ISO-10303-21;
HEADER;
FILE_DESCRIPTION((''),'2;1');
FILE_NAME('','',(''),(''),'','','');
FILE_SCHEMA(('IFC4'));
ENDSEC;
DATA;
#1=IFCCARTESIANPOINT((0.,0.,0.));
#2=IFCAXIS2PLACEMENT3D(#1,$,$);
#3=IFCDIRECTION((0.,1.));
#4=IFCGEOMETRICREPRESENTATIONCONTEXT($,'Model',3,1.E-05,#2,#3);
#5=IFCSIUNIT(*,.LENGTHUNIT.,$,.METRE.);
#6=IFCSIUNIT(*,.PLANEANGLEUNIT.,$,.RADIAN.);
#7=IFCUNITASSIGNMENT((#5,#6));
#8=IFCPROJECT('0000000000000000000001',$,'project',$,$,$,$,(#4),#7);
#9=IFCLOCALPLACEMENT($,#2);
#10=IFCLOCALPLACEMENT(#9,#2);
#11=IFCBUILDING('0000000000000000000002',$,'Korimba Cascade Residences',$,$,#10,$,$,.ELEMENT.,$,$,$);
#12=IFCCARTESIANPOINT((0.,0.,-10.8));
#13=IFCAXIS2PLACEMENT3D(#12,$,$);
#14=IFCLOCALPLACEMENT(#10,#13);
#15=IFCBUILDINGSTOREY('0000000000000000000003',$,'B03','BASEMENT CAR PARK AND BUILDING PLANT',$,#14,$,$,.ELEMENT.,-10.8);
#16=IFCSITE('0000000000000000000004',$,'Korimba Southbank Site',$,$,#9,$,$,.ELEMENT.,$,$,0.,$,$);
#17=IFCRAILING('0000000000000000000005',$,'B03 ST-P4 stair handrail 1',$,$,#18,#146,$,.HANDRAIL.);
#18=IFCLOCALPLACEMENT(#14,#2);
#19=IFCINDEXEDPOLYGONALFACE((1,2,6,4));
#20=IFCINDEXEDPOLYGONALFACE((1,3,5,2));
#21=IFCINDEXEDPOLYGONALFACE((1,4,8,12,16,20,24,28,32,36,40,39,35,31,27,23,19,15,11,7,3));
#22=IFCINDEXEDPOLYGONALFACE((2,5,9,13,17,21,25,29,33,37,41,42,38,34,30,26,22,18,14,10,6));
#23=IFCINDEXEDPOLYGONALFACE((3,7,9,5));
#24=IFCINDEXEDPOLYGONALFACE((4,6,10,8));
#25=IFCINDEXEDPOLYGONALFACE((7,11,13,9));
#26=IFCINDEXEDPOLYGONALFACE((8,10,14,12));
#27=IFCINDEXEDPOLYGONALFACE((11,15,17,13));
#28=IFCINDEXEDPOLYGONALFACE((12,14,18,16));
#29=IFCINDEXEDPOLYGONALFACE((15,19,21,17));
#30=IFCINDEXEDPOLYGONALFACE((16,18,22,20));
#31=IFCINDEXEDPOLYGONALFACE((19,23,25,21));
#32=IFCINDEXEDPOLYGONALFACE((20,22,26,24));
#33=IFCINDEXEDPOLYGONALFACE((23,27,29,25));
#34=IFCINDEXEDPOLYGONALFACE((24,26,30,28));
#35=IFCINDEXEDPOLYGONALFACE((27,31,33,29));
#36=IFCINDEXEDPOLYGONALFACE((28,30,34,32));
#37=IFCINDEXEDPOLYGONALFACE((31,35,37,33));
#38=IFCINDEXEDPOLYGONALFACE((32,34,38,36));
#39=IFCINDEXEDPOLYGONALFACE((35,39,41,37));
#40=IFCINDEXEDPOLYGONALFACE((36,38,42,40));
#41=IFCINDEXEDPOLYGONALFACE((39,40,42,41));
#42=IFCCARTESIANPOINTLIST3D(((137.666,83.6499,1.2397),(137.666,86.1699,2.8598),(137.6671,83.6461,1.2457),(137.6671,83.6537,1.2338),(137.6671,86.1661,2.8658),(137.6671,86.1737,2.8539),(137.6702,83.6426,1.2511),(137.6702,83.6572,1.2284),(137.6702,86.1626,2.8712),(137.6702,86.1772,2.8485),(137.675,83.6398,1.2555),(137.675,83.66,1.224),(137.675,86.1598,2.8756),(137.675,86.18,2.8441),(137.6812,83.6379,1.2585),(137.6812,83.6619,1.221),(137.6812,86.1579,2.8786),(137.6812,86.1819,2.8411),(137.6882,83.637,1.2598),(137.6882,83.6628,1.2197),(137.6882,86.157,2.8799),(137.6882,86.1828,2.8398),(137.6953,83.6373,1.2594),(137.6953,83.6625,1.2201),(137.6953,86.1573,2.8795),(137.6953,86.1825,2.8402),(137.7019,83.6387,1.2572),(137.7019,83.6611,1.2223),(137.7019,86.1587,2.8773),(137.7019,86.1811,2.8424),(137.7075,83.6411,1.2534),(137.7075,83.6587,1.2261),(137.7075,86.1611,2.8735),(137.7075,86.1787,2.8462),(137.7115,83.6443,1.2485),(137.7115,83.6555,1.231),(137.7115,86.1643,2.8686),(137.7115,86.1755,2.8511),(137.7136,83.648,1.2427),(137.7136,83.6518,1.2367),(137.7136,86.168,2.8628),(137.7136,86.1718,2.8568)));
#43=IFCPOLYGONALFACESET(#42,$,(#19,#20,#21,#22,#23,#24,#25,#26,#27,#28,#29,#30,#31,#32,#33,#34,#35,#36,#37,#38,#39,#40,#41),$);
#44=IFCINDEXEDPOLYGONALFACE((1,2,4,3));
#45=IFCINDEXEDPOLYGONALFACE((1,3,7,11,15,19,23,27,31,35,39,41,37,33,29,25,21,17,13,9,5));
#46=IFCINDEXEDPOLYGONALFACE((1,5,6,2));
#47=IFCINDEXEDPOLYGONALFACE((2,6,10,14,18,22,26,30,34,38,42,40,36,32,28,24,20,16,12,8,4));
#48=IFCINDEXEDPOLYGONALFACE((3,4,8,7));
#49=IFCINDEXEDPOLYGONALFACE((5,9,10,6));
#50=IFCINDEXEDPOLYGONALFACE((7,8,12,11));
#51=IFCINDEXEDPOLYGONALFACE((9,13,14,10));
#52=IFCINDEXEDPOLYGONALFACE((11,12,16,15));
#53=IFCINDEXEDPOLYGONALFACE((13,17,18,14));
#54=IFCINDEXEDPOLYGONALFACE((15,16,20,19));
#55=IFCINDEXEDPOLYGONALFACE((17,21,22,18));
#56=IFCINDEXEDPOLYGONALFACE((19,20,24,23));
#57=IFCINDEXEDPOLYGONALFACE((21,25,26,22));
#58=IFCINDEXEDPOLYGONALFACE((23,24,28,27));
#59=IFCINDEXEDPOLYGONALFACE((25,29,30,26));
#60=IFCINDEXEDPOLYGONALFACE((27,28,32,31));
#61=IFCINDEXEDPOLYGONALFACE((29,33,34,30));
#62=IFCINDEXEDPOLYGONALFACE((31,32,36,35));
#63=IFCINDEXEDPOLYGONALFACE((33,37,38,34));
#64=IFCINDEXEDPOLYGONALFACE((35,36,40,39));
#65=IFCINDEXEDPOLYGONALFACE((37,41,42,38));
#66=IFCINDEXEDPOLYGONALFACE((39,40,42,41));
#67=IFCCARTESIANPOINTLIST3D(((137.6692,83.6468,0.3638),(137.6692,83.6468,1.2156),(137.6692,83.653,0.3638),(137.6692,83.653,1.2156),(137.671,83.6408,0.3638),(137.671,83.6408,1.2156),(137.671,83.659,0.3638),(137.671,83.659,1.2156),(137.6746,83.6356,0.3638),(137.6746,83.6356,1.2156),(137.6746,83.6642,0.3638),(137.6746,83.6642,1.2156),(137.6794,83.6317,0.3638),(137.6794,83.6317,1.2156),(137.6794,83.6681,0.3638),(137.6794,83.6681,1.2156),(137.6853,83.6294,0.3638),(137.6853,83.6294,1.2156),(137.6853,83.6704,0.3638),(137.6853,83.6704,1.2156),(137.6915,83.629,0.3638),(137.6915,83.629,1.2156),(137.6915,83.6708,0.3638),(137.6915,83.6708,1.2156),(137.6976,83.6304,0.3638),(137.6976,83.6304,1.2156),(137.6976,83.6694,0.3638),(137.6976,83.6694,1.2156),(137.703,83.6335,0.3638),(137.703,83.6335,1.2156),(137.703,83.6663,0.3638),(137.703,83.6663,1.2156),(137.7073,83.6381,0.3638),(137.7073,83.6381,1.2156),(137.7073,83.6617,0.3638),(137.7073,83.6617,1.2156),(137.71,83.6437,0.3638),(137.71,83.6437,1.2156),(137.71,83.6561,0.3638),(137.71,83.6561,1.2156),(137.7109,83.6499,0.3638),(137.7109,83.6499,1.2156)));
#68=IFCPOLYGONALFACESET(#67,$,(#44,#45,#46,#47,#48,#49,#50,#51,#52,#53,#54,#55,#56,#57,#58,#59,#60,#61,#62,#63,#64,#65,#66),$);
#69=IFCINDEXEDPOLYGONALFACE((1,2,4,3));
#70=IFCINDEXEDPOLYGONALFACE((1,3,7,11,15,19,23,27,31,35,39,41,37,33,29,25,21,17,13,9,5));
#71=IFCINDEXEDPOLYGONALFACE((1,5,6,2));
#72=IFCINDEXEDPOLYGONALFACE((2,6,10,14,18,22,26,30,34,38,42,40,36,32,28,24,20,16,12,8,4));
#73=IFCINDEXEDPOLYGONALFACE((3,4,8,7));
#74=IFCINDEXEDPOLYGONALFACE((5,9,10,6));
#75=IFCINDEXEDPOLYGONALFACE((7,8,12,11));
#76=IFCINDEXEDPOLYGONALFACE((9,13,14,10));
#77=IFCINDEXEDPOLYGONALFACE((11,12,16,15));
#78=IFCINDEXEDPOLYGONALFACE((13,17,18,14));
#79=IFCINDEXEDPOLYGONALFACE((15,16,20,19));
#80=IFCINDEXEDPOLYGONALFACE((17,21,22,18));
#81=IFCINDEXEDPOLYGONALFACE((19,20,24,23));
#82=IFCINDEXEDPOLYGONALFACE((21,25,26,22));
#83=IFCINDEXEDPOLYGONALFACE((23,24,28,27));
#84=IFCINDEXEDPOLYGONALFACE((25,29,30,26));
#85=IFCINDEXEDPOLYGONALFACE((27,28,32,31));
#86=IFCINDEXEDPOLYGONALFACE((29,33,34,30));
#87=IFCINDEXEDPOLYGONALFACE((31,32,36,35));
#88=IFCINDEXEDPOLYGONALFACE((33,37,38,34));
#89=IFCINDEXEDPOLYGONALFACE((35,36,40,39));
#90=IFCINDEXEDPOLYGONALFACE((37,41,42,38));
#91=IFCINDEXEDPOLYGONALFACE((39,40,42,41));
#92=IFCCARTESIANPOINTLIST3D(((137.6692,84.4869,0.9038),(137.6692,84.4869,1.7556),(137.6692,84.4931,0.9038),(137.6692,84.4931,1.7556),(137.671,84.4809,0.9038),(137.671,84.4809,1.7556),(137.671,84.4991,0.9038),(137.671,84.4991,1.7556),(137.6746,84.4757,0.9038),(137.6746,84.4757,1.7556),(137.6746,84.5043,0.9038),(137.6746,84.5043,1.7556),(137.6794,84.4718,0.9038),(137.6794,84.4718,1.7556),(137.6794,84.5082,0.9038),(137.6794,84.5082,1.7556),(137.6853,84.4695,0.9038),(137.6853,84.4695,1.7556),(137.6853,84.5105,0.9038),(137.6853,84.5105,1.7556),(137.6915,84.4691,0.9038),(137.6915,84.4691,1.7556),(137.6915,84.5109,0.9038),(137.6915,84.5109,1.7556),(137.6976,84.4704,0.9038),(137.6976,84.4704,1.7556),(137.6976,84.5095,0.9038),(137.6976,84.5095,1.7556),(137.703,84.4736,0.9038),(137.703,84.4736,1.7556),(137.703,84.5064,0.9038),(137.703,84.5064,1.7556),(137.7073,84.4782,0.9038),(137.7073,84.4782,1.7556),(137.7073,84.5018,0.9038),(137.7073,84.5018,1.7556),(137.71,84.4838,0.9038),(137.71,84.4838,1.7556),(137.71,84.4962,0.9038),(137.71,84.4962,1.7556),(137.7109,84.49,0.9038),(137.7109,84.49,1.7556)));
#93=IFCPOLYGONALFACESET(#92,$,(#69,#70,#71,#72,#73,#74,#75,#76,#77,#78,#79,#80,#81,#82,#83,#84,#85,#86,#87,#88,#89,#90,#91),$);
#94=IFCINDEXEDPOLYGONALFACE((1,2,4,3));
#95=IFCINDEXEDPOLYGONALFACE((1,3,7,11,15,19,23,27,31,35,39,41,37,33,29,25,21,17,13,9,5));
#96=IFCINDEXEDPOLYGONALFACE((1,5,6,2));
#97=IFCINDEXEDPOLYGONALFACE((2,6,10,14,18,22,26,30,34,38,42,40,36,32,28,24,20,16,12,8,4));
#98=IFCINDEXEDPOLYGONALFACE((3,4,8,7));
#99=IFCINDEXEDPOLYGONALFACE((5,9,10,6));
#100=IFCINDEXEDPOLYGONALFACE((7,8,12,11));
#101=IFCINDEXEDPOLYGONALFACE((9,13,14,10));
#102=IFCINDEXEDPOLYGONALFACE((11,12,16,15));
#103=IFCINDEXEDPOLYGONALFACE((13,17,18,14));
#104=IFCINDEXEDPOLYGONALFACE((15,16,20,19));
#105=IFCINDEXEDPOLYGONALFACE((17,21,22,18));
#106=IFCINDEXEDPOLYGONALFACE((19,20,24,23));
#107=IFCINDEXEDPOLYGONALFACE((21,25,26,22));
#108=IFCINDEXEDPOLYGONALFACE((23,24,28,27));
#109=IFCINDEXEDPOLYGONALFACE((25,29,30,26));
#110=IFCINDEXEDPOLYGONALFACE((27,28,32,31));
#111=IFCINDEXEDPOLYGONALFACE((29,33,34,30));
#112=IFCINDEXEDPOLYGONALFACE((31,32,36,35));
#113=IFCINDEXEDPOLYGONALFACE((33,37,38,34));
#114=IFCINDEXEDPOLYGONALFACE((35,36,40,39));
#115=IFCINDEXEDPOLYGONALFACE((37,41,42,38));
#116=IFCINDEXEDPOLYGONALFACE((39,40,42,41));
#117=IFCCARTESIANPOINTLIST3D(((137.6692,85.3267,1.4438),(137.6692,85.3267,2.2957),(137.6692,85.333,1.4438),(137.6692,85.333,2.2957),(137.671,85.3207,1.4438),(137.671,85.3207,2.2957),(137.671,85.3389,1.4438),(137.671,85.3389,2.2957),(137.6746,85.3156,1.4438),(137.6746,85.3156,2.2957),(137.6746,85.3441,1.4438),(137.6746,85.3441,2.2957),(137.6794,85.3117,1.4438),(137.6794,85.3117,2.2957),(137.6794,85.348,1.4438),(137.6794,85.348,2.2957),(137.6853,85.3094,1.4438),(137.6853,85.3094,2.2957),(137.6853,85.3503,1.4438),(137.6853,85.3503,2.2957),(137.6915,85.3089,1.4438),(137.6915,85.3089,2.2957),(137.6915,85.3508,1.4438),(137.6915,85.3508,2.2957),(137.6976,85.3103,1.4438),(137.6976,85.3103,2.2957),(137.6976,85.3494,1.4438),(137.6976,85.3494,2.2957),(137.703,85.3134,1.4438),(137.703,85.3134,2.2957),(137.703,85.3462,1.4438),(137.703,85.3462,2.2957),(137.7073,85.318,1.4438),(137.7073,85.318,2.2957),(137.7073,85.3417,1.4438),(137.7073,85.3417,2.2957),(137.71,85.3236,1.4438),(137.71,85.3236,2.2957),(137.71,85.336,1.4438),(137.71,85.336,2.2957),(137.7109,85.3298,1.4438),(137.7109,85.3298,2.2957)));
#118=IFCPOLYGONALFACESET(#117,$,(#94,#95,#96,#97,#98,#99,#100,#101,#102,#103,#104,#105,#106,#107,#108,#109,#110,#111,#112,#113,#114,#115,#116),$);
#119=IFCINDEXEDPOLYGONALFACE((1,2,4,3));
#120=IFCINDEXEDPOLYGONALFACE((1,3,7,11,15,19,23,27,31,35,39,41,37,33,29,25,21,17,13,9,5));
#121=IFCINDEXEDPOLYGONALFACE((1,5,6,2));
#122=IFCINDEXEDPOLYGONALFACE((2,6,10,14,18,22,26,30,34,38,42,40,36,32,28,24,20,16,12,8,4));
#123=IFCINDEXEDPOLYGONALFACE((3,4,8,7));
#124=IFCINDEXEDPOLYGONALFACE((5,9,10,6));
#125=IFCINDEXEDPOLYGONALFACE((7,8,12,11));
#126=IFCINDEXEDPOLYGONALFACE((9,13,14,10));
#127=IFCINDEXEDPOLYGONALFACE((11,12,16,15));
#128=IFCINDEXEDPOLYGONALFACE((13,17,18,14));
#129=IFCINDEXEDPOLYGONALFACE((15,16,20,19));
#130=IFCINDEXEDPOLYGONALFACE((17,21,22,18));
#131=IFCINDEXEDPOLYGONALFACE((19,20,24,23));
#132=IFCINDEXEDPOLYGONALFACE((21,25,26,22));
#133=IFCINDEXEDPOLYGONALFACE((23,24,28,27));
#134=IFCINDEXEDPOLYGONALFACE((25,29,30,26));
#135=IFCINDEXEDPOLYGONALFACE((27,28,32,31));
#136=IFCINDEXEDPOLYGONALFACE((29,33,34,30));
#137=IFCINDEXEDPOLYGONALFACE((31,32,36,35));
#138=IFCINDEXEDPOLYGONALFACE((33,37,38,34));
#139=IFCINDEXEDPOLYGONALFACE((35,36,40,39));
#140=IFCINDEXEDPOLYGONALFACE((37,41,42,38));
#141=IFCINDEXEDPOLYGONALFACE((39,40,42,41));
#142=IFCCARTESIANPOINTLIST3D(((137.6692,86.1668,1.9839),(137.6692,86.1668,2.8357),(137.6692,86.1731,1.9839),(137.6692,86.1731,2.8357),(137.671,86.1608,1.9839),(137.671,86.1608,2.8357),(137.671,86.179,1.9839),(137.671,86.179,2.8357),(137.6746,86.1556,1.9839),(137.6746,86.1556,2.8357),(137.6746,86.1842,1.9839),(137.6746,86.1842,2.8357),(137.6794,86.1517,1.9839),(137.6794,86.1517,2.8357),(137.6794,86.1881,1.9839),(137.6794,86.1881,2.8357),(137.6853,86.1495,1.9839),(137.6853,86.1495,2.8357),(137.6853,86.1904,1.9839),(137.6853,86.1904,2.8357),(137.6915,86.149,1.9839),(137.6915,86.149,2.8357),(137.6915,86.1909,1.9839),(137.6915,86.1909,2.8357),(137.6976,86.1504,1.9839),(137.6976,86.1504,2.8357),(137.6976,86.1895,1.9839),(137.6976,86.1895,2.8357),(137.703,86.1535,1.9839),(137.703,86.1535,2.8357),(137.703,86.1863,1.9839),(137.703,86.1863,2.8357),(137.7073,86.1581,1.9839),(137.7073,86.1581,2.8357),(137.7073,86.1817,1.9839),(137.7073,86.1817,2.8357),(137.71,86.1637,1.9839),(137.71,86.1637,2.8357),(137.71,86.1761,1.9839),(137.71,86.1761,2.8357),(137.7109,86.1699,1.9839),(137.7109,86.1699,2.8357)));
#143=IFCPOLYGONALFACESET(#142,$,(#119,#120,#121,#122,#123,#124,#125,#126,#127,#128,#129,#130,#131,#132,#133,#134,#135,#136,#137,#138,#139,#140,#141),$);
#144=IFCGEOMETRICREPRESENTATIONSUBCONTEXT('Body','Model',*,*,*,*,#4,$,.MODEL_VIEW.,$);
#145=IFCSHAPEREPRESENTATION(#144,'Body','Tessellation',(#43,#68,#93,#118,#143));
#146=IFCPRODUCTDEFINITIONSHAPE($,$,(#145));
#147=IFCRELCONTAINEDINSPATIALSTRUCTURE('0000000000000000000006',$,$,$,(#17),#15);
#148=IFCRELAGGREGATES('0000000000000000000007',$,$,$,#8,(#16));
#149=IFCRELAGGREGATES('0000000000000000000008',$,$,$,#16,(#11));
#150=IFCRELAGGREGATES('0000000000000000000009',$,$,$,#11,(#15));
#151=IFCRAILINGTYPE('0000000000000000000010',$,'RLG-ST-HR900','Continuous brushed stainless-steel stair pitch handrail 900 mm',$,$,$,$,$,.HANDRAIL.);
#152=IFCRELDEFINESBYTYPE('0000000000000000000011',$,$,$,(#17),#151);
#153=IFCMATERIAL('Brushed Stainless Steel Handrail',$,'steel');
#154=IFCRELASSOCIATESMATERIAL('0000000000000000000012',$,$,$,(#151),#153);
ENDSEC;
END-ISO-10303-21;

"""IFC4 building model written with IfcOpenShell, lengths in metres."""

from ifc_helpers import new_model, si_unit, direction, frame, origin, origin_2d, place, context, subcontext, project, spatial, circle, extrude, material, type_object, element, save


model = new_model("IFC4")

# Units and contexts
model_context = context("Model", 3, precision=1e-05, world=origin(), true_north=direction((0.0, 1.0)))
body_context = subcontext(model_context, "Body", "Model", "MODEL_VIEW")
ifc_project = project(units=[si_unit("LENGTHUNIT", "METRE"), si_unit("PLANEANGLEUNIT", "RADIAN")], contexts=[model_context])

# Site, building, storey
site_placement = place(None, origin())
site = spatial("IfcSite", under=ifc_project, at=site_placement, Name="Korimba Southbank Site", CompositionType="ELEMENT", RefElevation=0.0)
building_placement = place(site_placement, origin())
building = spatial("IfcBuilding", under=site, at=building_placement, Name="Korimba Cascade Residences", CompositionType="ELEMENT")
storey_placement = place(building_placement, frame((0.0, 0.0, -10.8)))
storey = spatial("IfcBuildingStorey", under=building, at=storey_placement, Name="B03", Description="BASEMENT CAR PARK AND BUILDING PLANT", CompositionType="ELEMENT", Elevation=-10.8)

# Railing
ifc_material_1 = material(Name="Brushed Stainless Steel Handrail", Category="steel")
railing_type_1 = type_object("IfcRailingType", Name="RLG-ST-HR900", Description="Continuous brushed stainless-steel stair pitch handrail 900 mm", PredefinedType="HANDRAIL", material=ifc_material_1)
railing_1_placement = place(storey_placement, frame((137.6899, 83.6499, 0.3638)))
element("IfcRailing", 1, at=railing_1_placement, inside=storey, type_object=railing_type_1, Name="B03 ST-P4 stair handrail 1", PredefinedType="HANDRAIL", context=body_context, shape_type="SweptSolid", body=[
    extrude(circle(Radius=0.0239, at=origin_2d()), frame((0.0, 0.0, 0.876), z_axis=(0.0, 0.841163, 0.540782), x_axis=(-1.0, 0.0, 0.0)), (0.0, 0.0, 1.0), 2.9958),
    extrude(circle(Radius=0.021, at=origin_2d()), origin(), (0.0, 0.0, 1.0), 0.8518),
    extrude(circle(Radius=0.021, at=origin_2d()), frame((0.0, 0.8401, 0.54)), (0.0, 0.0, 1.0), 0.8518),
    extrude(circle(Radius=0.021, at=origin_2d()), frame((0.0, 1.6799, 1.0801)), (0.0, 0.0, 1.0), 0.8518),
    extrude(circle(Radius=0.021, at=origin_2d()), frame((0.0, 2.52, 1.6201)), (0.0, 0.0, 1.0), 0.8518),
])

save(model, "model.ifc")
